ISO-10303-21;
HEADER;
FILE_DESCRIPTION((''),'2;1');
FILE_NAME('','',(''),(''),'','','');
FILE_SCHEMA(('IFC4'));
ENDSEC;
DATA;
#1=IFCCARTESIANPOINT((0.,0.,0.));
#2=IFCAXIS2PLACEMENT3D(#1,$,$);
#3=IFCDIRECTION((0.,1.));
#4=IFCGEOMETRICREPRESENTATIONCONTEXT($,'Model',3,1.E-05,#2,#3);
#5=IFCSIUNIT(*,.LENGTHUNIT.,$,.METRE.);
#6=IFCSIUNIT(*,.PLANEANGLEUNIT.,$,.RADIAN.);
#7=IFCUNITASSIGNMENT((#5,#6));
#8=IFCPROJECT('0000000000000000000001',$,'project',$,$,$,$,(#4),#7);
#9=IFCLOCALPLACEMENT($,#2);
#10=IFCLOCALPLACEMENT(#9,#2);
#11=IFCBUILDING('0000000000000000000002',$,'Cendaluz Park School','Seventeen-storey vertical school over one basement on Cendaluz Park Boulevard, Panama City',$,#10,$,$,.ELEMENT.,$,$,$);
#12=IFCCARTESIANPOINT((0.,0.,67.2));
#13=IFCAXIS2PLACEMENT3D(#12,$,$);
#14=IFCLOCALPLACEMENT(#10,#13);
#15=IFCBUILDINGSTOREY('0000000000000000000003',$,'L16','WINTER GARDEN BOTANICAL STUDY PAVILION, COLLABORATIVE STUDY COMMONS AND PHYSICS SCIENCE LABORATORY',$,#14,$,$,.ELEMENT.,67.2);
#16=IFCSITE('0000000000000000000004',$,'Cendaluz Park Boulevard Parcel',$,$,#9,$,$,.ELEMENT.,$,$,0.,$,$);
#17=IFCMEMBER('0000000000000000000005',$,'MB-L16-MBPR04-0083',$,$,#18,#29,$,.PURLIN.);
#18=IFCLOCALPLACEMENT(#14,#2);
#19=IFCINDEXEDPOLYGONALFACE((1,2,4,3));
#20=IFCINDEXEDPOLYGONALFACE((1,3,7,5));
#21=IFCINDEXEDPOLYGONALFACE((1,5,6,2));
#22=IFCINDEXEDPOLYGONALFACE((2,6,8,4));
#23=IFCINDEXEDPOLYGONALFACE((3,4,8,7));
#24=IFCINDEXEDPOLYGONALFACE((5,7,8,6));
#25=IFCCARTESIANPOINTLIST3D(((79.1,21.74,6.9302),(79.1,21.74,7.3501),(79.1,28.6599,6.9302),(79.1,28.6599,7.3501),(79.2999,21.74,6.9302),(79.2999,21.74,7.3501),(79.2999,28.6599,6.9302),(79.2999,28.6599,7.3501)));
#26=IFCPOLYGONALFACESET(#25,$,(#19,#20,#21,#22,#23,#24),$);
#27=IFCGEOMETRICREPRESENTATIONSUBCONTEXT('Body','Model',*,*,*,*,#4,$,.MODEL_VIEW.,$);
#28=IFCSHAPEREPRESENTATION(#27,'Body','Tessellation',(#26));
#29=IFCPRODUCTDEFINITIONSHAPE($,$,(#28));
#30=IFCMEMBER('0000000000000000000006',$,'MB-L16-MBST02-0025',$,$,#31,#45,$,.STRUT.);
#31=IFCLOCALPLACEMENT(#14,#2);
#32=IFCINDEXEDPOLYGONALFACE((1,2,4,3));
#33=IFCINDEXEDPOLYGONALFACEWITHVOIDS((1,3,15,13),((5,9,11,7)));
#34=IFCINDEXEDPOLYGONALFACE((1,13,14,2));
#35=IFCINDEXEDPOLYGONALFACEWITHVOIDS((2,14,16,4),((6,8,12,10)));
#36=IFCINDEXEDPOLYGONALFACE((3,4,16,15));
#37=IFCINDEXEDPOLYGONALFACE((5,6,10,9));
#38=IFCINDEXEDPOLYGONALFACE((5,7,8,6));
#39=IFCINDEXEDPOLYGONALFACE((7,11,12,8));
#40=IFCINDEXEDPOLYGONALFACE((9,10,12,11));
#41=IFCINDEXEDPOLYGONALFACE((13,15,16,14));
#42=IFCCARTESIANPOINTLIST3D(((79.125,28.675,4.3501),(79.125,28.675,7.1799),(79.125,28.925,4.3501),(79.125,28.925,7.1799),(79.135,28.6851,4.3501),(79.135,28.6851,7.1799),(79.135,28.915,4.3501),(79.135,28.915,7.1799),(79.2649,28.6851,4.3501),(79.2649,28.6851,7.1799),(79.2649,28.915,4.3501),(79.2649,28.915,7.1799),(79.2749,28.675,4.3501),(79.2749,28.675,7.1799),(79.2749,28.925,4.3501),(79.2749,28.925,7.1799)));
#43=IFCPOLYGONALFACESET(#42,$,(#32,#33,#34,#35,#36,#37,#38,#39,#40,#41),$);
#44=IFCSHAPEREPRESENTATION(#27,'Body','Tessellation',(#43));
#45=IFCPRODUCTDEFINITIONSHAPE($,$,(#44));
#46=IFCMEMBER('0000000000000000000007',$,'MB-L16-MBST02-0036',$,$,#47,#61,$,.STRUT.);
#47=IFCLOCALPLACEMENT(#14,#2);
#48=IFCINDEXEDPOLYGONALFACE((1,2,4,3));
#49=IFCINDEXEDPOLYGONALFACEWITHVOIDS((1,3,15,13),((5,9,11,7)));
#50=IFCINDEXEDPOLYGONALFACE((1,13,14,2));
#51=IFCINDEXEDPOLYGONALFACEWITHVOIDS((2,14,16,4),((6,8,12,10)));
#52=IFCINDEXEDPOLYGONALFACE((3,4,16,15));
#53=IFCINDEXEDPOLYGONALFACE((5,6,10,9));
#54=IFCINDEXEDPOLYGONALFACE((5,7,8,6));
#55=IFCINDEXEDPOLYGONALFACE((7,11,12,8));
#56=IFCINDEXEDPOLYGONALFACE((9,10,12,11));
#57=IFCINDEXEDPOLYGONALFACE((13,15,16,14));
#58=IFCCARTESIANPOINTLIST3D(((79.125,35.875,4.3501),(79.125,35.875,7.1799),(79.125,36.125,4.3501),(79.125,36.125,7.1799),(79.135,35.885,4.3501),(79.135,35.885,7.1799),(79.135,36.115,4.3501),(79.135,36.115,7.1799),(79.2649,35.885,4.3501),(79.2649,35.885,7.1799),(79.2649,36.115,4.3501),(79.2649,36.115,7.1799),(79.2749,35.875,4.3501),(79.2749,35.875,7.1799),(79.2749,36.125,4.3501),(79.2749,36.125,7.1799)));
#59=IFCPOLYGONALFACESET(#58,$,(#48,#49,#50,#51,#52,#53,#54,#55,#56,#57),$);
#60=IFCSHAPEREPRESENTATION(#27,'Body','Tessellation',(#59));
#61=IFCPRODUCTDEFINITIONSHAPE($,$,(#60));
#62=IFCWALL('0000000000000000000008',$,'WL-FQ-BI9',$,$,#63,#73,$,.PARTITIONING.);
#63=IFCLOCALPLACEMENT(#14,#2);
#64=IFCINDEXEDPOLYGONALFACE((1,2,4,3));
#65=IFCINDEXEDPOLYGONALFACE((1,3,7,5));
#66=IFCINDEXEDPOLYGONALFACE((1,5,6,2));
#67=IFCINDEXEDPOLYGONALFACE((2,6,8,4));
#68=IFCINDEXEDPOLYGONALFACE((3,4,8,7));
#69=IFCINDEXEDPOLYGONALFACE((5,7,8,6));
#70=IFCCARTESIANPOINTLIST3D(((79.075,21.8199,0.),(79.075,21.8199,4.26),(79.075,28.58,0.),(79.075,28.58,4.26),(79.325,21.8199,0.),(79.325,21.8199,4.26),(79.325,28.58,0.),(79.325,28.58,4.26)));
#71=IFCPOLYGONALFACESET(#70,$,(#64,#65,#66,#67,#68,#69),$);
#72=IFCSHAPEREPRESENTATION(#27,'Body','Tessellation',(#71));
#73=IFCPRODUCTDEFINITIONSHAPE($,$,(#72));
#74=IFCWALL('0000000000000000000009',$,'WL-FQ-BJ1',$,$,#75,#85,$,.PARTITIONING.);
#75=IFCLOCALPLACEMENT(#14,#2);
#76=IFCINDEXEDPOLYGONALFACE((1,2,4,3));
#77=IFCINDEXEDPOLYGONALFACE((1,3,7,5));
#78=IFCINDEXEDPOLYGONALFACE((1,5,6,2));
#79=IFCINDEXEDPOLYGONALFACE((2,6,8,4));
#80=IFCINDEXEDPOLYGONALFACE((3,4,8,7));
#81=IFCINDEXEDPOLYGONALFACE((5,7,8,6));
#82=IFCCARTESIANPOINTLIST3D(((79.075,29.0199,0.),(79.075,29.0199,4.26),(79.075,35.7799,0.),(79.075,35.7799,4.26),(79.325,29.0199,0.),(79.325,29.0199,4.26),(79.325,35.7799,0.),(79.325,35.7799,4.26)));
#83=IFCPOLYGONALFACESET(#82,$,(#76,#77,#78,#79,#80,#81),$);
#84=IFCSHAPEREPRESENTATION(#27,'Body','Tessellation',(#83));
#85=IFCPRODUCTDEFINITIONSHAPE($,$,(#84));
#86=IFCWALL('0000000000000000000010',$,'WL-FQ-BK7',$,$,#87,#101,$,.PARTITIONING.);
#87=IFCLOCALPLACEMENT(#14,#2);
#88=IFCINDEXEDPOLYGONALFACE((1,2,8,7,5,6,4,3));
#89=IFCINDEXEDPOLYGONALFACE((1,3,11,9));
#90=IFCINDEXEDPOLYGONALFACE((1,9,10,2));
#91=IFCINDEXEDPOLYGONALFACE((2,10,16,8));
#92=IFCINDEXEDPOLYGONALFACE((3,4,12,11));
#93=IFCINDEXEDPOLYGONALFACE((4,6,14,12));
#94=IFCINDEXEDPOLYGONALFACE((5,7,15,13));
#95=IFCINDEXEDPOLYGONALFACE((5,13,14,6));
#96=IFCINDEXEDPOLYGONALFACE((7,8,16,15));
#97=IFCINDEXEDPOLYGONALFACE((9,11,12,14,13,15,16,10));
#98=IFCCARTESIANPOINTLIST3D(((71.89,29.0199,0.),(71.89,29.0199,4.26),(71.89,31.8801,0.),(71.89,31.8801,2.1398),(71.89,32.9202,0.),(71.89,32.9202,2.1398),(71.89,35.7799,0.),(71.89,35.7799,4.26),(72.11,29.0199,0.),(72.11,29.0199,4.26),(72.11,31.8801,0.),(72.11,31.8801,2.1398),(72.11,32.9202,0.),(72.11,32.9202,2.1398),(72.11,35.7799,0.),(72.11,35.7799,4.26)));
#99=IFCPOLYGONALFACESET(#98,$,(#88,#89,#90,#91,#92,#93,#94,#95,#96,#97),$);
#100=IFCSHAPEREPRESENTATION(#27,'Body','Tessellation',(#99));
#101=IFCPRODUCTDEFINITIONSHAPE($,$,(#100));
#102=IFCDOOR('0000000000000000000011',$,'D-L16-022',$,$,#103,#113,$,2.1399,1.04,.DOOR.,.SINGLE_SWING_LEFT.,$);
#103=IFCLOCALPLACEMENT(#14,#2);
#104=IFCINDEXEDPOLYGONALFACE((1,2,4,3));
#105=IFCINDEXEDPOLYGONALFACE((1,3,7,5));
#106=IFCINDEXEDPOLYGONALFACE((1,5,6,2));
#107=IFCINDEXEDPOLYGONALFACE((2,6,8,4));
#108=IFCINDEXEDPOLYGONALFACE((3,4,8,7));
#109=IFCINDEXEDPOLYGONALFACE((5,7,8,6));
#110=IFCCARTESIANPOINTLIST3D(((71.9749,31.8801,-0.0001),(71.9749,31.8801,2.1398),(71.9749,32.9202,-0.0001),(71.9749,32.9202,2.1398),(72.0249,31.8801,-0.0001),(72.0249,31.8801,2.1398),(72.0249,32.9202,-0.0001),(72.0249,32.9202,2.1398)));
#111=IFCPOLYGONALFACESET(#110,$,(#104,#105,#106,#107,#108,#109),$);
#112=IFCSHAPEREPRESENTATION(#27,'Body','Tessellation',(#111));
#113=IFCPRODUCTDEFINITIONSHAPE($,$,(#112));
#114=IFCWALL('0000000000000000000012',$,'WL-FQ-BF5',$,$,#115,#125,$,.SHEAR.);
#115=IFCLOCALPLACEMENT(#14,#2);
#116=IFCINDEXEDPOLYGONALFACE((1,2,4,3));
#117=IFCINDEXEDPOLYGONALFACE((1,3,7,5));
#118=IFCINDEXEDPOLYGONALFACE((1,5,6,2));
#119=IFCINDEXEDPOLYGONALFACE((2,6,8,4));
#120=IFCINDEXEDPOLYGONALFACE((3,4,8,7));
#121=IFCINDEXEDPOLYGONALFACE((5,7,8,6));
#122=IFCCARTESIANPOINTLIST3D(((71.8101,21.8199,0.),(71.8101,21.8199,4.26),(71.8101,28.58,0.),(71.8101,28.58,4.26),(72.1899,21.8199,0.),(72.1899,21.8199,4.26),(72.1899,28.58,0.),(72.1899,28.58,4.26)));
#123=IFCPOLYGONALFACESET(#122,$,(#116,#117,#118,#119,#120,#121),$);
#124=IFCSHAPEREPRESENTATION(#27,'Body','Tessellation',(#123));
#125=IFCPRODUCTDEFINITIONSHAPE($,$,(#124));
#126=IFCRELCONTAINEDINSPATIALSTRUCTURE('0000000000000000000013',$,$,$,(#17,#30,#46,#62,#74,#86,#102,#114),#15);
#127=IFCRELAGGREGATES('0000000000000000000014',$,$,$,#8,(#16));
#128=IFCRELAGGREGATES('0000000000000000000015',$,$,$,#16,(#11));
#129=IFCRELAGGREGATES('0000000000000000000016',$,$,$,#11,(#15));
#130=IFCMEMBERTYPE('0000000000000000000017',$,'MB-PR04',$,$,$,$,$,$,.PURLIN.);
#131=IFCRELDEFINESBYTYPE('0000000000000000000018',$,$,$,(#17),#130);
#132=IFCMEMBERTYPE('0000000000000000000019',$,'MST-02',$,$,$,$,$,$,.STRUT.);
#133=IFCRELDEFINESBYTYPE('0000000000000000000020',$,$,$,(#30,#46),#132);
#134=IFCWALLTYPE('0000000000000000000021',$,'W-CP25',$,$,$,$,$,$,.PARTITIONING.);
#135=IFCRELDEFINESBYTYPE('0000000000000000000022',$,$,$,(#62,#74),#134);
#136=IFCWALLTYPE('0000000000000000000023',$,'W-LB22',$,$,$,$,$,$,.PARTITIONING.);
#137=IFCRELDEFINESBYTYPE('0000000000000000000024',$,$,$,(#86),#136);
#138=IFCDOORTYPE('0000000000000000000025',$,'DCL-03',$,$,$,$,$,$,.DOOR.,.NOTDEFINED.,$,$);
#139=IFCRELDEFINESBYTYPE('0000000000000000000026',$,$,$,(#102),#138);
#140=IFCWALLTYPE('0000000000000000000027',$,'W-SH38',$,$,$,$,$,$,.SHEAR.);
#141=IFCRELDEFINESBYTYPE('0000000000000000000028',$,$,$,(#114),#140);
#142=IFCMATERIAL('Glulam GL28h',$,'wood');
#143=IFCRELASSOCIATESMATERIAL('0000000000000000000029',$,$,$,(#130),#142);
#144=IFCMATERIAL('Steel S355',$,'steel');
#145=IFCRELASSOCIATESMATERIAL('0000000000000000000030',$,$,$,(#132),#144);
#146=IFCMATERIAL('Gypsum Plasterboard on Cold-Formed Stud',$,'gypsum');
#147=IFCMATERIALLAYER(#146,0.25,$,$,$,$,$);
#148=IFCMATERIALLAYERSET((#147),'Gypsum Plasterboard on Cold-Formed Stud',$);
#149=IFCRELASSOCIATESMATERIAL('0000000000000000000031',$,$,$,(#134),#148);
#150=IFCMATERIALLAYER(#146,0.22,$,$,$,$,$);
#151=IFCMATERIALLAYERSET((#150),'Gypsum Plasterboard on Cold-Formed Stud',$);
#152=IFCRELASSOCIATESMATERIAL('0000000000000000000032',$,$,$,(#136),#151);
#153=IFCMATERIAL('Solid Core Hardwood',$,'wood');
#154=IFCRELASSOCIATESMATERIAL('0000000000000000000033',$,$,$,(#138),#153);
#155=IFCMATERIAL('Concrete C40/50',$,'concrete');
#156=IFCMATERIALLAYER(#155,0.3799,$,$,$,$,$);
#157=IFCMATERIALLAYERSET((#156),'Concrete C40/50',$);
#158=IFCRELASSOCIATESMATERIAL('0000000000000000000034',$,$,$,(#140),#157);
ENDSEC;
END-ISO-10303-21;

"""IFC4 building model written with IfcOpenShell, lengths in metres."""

from ifc_helpers import new_model, si_unit, direction, frame, frame_2d, origin, origin_2d, place, context, subcontext, project, spatial, rectangle, hollow_rectangle, extrude, material, layer, layer_set, material_profile, profile_set, type_object, element, fill, save


model = new_model("IFC4")

# Units and contexts
model_context = context("Model", 3, precision=1e-05, world=origin(), true_north=direction((0.0, 1.0)))
body_context = subcontext(model_context, "Body", "Model", "MODEL_VIEW")
ifc_project = project(units=[si_unit("LENGTHUNIT", "METRE"), si_unit("PLANEANGLEUNIT", "RADIAN")], contexts=[model_context])

# Site, building, storey
site_placement = place(None, origin())
site = spatial("IfcSite", under=ifc_project, at=site_placement, Name="Cendaluz Park Boulevard Parcel", CompositionType="ELEMENT", RefElevation=0.0)
building_placement = place(site_placement, origin())
building = spatial("IfcBuilding", under=site, at=building_placement, Name="Cendaluz Park School", Description="Seventeen-storey vertical school over one basement on Cendaluz Park Boulevard, Panama City", CompositionType="ELEMENT")
storey_placement = place(building_placement, frame((0.0, 0.0, 67.2)))
storey = spatial("IfcBuildingStorey", under=building, at=storey_placement, Name="L16", Description="WINTER GARDEN BOTANICAL STUDY PAVILION, COLLABORATIVE STUDY COMMONS AND PHYSICS SCIENCE LABORATORY", CompositionType="ELEMENT", Elevation=67.2)

# Shared definitions
ifc_material_1 = material(Name="Steel S355", Category="steel")

# Members
ifc_material_2 = material(Name="Glulam GL28h", Category="wood")
ifc_material_profile_1 = material_profile(ifc_material_2, rectangle(XDim=0.2, YDim=0.4199, at=origin_2d()), Name="GL28h 200x420", Category="wood")
ifc_profile_set_1 = profile_set([ifc_material_profile_1], Name="Glulam GL28h")
member_type_1 = type_object("IfcMemberType", Name="MB-PR04", PredefinedType="PURLIN", material=ifc_profile_set_1)
member_1_placement = place(storey_placement, frame((79.2, 21.74, 7.1401), z_axis=(0.0, 1.0, 0.0), x_axis=(-1.0, 0.0, 0.0)))
element("IfcMember", 1, at=member_1_placement, inside=storey, type_object=member_type_1, Name="MB-L16-MBPR04-0083", PredefinedType="PURLIN", context=body_context, shape_type="SweptSolid", body=[
    extrude(rectangle(XDim=0.2, YDim=0.4199, at=origin_2d()), origin(), (0.0, 0.0, 1.0), 6.9199),
])
ifc_material_profile_2 = material_profile(ifc_material_1, hollow_rectangle(XDim=0.1499, YDim=0.25, WallThickness=0.01, at=origin_2d()), Name="RHS 250x150x10", Category="steel")
ifc_profile_set_2 = profile_set([ifc_material_profile_2], Name="Steel S355")
member_type_2 = type_object("IfcMemberType", Name="MST-02", PredefinedType="STRUT", material=ifc_profile_set_2)
for number, where, z_axis, x_axis, name in (
    (2, (79.2, 28.8, 4.3501), (0.0, 0.0, 1.0), (1.0, 0.0, 0.0), "MB-L16-MBST02-0025"),
    (3, (79.2, 36.0, 4.3501), (0.0, 0.0, 1.0), (1.0, 0.0, 0.0), "MB-L16-MBST02-0036"),
):
    element("IfcMember", number, at=place(storey_placement, frame(where, z_axis=z_axis, x_axis=x_axis)), inside=storey, type_object=member_type_2, Name=name, PredefinedType="STRUT", context=body_context, shape_type="SweptSolid", body=[
        extrude(hollow_rectangle(XDim=0.1499, YDim=0.25, WallThickness=0.01, at=origin_2d()), origin(), (0.0, 0.0, 1.0), 2.8298),
    ])

# Walls
ifc_material_3 = material(Name="Gypsum Plasterboard on Cold-Formed Stud", Category="gypsum")
ifc_layer_1 = layer(ifc_material_3, 0.25)
ifc_layer_set_1 = layer_set([ifc_layer_1], Name="Gypsum Plasterboard on Cold-Formed Stud")
wall_type_1 = type_object("IfcWallType", Name="W-CP25", PredefinedType="PARTITIONING", material=ifc_layer_set_1)
for number, where, z_axis, x_axis, name in (
    (4, (79.2, 21.8201, 0.0), (0.0, 0.0, 1.0), (0.0, 1.0, 0.0), "WL-FQ-BI9"),
    (5, (79.2, 29.02, 0.0), (0.0, 0.0, 1.0), (0.0, 1.0, 0.0), "WL-FQ-BJ1"),
):
    element("IfcWall", number, at=place(storey_placement, frame(where, z_axis=z_axis, x_axis=x_axis)), inside=storey, type_object=wall_type_1, Name=name, PredefinedType="PARTITIONING", context=body_context, shape_type="SweptSolid", body=[
        extrude(rectangle(XDim=6.76, YDim=0.25, at=frame_2d((3.3799, 0.0))), origin(), (0.0, 0.0, 1.0), 4.26),
    ])

# Wall, opening, door
ifc_layer_2 = layer(ifc_material_3, 0.22)
ifc_layer_set_2 = layer_set([ifc_layer_2], Name="Gypsum Plasterboard on Cold-Formed Stud")
wall_type_2 = type_object("IfcWallType", Name="W-LB22", PredefinedType="PARTITIONING", material=ifc_layer_set_2)
wall_1_placement = place(storey_placement, frame((72.0, 29.02, 0.0), z_axis=(0.0, 0.0, 1.0), x_axis=(0.0, 1.0, 0.0)))
wall_1 = element("IfcWall", 6, at=wall_1_placement, inside=storey, type_object=wall_type_2, Name="WL-FQ-BK7", PredefinedType="PARTITIONING", context=body_context, shape_type="SweptSolid", body=[
    extrude(rectangle(XDim=6.76, YDim=0.22, at=frame_2d((3.3799, 0.0))), origin(), (0.0, 0.0, 1.0), 4.26),
])
opening_placement = place(wall_1_placement, frame((2.8601, 0.0, 0.0)))
opening = element("IfcOpeningElement", 7, at=opening_placement, cuts=wall_1, PredefinedType="OPENING", context=body_context, shape_type="SweptSolid", body=[
    extrude(rectangle(XDim=1.04, YDim=2.1399, at=frame_2d((0.52, 1.0698))), frame((0.0, 0.1221, 0.0), z_axis=(0.0, -1.0, 0.0), x_axis=(1.0, 0.0, 0.0)), (0.0, 0.0, 1.0), 0.2439),
])
ifc_material_4 = material(Name="Solid Core Hardwood", Category="wood")
door_type = type_object("IfcDoorType", Name="DCL-03", OperationType="NOTDEFINED", PredefinedType="DOOR", material=ifc_material_4)
door_placement = place(opening_placement, frame((1.04, 0.0, 0.0), z_axis=(0.0, 0.0, 1.0), x_axis=(-1.0, 0.0, 0.0)))
door = element("IfcDoor", 8, at=door_placement, inside=storey, type_object=door_type, Name="D-L16-022", OperationType="SINGLE_SWING_LEFT", OverallHeight=2.1399, OverallWidth=1.04, PredefinedType="DOOR", context=body_context, shape_type="SweptSolid", body=[
    extrude(rectangle(XDim=1.04, YDim=2.1399, at=frame_2d((0.52, 1.0698))), frame((0.0, 0.0249, 0.0), z_axis=(0.0, -1.0, 0.0), x_axis=(1.0, 0.0, 0.0)), (0.0, 0.0, 1.0), 0.05),
])
fill(opening, door)

# Wall
ifc_material_5 = material(Name="Concrete C40/50", Category="concrete")
ifc_layer_3 = layer(ifc_material_5, 0.3799)
ifc_layer_set_3 = layer_set([ifc_layer_3], Name="Concrete C40/50")
wall_type_3 = type_object("IfcWallType", Name="W-SH38", PredefinedType="SHEAR", material=ifc_layer_set_3)
wall_2_placement = place(storey_placement, frame((72.0, 21.8201, 0.0), z_axis=(0.0, 0.0, 1.0), x_axis=(0.0, 1.0, 0.0)))
element("IfcWall", 9, at=wall_2_placement, inside=storey, type_object=wall_type_3, Name="WL-FQ-BF5", PredefinedType="SHEAR", context=body_context, shape_type="SweptSolid", body=[
    extrude(rectangle(XDim=6.76, YDim=0.3799, at=frame_2d((3.3799, 0.0))), origin(), (0.0, 0.0, 1.0), 4.26),
])

save(model, "model.ifc")
